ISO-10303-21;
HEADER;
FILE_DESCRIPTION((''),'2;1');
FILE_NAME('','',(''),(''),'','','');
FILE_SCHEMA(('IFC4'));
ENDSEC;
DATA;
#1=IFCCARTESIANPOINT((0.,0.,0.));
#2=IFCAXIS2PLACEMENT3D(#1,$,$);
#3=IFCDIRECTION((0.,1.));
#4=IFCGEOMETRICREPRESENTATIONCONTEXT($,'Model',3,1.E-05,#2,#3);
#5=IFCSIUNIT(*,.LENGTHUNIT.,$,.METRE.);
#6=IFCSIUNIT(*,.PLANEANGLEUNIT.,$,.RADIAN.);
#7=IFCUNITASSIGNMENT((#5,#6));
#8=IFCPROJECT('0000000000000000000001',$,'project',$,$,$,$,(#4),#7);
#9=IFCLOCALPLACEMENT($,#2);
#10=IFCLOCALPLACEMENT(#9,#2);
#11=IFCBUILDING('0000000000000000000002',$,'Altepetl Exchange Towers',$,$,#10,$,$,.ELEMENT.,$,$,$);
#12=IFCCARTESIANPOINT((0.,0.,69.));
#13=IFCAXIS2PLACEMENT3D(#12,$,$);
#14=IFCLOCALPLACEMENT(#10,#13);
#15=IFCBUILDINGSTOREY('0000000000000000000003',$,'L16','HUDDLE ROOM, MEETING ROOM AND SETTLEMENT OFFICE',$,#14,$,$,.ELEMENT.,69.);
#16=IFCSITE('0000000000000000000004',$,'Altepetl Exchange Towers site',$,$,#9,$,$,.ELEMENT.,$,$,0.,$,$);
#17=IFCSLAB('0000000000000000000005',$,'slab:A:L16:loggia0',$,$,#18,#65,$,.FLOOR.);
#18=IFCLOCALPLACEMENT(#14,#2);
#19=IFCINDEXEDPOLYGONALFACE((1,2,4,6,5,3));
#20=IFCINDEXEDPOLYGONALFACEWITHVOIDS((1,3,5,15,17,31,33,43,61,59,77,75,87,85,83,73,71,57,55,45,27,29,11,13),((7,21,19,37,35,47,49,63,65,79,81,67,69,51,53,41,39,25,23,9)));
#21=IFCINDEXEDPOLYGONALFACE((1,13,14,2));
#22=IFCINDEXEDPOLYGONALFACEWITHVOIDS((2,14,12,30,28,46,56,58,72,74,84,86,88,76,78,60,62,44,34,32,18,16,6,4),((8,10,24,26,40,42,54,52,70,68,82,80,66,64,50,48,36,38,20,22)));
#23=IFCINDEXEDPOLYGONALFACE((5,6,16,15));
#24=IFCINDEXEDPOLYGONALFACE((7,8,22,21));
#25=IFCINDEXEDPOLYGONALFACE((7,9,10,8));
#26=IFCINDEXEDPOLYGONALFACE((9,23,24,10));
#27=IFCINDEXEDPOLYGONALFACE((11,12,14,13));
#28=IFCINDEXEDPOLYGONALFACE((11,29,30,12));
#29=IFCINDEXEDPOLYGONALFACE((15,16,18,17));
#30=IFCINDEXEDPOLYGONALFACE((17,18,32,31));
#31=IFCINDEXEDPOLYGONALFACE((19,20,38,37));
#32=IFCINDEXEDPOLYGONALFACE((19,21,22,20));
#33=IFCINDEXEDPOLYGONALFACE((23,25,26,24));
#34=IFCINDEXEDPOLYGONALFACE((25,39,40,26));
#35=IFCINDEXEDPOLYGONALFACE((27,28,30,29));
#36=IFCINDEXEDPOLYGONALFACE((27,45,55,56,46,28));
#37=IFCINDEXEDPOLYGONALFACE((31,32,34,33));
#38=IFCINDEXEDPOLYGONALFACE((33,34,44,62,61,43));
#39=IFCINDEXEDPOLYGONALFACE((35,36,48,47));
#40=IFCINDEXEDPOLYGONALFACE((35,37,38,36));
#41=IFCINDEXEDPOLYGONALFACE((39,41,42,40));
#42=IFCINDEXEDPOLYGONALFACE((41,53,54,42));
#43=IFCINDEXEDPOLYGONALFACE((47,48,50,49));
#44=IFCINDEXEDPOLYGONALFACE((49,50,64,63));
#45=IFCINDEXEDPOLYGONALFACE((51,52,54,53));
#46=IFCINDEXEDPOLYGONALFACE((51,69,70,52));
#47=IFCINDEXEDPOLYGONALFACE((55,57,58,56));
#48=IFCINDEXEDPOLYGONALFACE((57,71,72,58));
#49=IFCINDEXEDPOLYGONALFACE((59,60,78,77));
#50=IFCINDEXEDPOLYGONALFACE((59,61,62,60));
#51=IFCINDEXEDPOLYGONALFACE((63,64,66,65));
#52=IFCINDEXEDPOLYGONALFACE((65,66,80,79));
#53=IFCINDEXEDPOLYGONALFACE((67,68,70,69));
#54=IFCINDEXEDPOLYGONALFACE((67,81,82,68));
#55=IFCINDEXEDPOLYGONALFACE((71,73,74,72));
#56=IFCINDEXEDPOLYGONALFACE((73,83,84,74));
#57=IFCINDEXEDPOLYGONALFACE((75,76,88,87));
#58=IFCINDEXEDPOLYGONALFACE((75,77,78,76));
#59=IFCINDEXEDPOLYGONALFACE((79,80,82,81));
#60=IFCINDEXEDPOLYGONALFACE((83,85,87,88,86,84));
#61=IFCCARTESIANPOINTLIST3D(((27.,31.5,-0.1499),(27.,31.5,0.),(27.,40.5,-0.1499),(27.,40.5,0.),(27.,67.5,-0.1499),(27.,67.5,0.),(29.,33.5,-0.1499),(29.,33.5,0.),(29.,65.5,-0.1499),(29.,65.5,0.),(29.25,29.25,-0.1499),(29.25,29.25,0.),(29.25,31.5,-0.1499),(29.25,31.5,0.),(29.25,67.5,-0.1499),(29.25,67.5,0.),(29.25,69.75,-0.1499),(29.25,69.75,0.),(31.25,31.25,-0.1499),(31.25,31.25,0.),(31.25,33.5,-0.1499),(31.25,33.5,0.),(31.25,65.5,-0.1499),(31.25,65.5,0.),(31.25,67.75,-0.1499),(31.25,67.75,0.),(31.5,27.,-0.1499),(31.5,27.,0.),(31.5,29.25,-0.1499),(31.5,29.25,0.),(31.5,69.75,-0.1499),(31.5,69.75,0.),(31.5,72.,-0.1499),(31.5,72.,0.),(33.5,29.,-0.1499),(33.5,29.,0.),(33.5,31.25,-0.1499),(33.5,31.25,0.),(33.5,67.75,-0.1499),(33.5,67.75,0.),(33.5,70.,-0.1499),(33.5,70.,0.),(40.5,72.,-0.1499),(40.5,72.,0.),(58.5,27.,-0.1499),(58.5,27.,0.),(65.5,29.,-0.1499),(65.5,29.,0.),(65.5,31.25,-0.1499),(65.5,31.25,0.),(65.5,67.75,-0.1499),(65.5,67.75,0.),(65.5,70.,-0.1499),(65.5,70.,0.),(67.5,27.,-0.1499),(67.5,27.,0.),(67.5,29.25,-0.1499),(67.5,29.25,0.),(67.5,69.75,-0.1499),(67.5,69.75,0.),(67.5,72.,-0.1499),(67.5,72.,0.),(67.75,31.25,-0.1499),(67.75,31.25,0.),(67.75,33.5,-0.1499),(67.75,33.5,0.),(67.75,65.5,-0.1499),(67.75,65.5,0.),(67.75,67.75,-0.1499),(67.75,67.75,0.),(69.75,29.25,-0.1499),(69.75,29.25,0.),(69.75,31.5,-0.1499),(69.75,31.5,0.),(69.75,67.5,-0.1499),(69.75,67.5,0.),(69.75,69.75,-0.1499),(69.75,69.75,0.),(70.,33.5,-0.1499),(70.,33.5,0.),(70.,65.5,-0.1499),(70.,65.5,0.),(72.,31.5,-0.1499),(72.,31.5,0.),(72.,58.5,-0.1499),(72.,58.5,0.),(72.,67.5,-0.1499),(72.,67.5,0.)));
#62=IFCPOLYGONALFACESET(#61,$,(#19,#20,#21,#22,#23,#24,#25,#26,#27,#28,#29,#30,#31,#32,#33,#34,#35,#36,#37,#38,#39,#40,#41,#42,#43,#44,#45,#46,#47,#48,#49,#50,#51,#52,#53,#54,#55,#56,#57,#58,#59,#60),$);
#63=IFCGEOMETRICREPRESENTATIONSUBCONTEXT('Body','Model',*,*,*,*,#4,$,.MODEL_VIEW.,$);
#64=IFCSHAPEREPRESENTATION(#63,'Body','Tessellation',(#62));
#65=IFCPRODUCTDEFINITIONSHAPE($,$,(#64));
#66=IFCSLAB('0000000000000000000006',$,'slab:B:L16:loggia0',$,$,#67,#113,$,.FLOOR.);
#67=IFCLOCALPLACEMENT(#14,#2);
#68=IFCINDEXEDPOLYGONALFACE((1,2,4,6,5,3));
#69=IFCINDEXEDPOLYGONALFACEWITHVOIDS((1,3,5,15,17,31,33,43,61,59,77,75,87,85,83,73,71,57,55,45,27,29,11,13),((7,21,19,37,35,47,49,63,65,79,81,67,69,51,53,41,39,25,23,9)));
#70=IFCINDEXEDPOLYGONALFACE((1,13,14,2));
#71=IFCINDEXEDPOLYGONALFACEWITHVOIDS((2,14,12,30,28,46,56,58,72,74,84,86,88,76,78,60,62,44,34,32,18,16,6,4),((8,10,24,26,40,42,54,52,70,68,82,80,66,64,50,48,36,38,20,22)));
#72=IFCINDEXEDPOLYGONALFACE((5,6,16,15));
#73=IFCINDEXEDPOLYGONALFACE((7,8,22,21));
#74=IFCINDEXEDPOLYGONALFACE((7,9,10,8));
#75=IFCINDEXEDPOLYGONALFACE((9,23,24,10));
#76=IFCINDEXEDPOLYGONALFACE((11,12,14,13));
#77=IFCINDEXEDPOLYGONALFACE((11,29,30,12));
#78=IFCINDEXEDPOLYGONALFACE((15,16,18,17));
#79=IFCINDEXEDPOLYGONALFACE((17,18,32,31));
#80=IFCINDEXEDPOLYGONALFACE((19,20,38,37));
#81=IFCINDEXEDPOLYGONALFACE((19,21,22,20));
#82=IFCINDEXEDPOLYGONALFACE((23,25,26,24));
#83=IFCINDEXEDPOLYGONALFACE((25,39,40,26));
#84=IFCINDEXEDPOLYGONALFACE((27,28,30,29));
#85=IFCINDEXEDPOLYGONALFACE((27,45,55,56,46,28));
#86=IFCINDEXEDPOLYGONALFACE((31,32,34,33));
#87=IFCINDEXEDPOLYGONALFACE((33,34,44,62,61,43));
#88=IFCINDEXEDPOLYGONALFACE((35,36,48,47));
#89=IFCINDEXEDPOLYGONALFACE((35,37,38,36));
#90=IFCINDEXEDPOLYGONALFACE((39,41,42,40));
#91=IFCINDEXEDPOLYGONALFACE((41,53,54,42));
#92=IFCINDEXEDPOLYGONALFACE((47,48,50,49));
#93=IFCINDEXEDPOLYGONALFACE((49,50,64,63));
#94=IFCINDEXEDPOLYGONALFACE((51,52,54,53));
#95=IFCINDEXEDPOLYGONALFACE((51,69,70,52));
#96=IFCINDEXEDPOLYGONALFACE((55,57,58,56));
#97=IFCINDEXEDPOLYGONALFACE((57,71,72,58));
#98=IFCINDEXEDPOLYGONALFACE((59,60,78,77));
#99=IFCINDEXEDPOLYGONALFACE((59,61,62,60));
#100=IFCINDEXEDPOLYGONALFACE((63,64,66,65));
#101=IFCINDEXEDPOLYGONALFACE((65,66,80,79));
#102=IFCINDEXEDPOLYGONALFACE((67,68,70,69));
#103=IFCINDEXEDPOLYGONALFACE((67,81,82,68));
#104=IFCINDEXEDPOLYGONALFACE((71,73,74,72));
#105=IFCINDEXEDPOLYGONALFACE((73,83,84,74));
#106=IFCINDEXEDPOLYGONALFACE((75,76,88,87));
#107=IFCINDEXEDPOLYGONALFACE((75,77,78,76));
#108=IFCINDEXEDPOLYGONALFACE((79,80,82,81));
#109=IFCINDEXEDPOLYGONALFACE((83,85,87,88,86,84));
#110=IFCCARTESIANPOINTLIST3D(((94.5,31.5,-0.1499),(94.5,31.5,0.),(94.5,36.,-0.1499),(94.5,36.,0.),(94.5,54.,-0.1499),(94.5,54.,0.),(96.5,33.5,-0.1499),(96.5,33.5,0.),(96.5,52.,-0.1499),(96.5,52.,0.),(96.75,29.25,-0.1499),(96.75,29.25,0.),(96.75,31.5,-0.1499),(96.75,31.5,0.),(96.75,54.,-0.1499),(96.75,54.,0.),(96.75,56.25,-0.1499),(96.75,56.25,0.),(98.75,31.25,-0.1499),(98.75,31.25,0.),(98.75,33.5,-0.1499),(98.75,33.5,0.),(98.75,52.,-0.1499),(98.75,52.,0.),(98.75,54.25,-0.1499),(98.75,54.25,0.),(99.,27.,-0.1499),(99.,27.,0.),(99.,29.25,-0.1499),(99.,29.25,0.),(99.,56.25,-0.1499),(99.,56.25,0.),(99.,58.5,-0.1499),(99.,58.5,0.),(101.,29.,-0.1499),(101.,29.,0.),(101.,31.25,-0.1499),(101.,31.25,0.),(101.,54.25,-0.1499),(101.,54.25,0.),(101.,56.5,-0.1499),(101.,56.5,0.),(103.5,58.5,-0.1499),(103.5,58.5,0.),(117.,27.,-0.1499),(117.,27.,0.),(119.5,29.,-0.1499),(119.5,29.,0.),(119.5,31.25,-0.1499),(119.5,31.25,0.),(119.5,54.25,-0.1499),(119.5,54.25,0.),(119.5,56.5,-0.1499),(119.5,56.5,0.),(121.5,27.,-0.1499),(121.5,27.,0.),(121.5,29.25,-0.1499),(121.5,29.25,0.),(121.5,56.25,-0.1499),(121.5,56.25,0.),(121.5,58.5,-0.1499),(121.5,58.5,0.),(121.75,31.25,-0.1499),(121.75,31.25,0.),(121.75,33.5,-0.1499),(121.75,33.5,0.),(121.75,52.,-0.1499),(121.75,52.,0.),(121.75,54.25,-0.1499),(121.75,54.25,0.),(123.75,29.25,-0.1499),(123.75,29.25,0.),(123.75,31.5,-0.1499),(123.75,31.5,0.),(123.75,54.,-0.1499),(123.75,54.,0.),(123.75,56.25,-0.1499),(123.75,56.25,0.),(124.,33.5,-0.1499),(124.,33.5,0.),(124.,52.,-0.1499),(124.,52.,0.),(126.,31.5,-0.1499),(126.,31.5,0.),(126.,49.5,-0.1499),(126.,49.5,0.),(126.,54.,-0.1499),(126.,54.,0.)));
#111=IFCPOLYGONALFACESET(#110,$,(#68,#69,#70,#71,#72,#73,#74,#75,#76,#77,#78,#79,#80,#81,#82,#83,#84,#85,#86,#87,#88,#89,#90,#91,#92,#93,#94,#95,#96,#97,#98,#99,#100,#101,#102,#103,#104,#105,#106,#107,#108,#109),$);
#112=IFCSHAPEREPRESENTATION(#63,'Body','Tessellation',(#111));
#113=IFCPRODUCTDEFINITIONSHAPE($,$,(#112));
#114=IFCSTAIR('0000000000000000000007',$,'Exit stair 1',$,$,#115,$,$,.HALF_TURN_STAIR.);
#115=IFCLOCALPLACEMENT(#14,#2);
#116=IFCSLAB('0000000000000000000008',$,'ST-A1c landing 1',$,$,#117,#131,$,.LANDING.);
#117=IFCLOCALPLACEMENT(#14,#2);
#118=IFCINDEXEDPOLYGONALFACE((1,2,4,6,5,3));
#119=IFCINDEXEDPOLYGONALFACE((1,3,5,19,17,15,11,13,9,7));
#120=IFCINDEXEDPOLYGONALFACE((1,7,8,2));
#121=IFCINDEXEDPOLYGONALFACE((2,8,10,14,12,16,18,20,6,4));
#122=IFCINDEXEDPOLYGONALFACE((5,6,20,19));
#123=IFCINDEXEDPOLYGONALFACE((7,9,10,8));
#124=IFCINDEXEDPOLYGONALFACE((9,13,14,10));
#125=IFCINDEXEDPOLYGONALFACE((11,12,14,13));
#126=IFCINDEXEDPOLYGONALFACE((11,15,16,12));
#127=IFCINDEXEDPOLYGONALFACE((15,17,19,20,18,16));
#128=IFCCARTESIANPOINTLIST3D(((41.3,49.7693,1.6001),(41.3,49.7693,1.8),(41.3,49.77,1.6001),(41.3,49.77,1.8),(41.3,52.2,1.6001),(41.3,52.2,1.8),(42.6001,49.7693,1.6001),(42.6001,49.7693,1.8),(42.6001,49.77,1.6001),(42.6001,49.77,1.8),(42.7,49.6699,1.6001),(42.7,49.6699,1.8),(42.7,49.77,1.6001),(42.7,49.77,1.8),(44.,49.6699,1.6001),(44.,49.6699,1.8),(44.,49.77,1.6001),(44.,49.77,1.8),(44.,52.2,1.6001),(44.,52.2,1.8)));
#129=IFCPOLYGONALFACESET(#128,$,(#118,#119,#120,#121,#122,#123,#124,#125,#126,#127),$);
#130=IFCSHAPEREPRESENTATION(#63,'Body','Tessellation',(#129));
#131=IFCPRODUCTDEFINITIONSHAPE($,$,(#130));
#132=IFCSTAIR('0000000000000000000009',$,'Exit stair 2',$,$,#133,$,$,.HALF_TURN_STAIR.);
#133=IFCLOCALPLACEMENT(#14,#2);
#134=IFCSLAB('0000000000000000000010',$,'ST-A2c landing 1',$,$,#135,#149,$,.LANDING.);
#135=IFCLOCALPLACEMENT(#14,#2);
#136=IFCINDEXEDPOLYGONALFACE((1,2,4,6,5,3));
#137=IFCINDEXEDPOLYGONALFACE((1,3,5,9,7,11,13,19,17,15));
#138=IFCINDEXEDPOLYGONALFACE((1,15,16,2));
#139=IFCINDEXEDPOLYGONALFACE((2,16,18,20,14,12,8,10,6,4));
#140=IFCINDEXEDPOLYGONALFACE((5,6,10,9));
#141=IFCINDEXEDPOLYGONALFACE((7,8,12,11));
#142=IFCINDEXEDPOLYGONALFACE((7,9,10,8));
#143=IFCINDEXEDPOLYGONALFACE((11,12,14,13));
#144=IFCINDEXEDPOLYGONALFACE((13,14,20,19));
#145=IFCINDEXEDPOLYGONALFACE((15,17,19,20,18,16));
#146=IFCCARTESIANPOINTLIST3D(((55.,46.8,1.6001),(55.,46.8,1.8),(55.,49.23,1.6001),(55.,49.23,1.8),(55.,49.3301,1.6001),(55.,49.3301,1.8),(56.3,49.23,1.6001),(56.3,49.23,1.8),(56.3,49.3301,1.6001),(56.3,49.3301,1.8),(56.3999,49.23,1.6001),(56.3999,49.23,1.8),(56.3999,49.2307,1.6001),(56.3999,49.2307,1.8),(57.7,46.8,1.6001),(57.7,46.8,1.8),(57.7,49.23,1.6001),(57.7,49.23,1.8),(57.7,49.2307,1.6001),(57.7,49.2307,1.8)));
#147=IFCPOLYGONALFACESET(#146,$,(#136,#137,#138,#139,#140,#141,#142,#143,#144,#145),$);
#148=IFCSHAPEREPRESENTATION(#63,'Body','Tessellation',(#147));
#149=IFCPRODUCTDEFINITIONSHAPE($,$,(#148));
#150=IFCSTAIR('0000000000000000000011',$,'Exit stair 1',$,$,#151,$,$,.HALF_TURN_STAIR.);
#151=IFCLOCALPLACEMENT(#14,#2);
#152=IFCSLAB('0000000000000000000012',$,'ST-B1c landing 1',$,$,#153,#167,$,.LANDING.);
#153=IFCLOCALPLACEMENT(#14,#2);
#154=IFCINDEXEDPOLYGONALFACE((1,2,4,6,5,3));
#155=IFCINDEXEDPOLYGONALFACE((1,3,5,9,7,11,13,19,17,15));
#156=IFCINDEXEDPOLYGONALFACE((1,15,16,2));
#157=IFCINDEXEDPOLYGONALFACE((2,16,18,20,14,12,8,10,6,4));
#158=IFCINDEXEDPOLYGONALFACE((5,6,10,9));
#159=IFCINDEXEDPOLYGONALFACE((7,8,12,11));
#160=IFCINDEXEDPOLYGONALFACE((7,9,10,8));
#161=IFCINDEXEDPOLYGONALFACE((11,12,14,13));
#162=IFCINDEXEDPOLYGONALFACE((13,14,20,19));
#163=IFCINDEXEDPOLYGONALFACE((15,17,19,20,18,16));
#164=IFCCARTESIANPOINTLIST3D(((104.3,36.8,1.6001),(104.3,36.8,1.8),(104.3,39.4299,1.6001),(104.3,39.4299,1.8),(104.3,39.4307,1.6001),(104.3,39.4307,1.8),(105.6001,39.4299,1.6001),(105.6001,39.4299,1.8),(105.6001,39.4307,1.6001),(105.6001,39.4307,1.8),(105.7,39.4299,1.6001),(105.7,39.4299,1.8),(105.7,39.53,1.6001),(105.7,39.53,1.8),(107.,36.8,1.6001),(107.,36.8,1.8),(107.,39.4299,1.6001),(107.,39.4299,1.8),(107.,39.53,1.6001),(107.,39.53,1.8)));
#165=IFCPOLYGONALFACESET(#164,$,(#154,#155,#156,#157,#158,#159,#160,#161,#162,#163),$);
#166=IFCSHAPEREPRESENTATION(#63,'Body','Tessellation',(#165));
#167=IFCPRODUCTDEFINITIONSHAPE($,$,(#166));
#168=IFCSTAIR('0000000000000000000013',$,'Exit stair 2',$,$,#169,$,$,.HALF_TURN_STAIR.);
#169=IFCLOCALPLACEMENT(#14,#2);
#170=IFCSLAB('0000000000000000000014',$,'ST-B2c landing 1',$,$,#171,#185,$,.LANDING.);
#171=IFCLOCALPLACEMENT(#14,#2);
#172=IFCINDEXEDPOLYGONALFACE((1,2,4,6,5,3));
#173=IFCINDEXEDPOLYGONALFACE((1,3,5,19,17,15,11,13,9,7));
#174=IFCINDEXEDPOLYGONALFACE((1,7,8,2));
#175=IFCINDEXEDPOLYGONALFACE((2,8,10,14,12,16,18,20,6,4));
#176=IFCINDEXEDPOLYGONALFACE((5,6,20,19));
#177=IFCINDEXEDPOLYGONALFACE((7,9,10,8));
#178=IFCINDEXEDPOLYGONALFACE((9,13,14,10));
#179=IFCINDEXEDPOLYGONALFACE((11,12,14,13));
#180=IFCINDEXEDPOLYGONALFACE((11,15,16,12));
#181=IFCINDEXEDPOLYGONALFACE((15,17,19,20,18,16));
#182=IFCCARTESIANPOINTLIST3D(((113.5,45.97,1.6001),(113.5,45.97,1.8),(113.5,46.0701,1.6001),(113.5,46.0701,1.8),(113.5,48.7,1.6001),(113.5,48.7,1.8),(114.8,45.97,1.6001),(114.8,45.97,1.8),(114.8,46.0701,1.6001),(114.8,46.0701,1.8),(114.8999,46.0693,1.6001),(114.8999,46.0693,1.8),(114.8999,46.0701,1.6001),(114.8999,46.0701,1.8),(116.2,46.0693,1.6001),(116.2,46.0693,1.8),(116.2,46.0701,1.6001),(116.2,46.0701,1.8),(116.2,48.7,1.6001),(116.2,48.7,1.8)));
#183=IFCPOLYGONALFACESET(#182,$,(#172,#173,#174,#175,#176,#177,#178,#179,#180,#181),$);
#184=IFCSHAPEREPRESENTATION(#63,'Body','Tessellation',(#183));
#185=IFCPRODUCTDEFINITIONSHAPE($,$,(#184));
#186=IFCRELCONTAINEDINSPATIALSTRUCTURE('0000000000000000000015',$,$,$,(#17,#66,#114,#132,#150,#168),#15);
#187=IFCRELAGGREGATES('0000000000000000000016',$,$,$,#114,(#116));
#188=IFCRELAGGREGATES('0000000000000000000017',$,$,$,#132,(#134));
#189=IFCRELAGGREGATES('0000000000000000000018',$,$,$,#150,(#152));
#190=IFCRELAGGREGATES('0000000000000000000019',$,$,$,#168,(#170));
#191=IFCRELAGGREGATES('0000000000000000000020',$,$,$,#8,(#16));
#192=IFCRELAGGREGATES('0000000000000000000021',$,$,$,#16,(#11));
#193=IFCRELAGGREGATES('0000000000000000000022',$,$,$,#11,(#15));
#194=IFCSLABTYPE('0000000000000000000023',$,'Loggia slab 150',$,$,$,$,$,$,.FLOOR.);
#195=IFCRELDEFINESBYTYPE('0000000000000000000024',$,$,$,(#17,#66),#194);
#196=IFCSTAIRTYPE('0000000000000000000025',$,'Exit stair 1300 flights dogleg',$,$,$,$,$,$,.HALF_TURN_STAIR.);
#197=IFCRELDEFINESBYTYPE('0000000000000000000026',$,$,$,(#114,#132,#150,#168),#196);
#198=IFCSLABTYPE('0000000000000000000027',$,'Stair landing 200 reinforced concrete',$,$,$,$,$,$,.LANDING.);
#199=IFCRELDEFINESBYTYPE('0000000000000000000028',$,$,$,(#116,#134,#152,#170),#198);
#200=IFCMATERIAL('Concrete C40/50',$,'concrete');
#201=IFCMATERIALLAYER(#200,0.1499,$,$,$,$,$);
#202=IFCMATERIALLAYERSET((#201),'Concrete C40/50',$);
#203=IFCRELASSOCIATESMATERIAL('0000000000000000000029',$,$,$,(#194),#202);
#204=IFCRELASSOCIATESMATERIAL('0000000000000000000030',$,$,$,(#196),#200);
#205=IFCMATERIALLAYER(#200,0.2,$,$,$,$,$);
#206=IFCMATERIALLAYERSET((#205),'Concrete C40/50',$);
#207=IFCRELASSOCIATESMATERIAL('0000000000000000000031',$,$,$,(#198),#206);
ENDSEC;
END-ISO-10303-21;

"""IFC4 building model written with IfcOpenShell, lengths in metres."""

from ifc_helpers import new_model, si_unit, direction, frame, origin, place, context, subcontext, project, spatial, polyline, outline, extrude, material, layer, layer_set, type_object, element, aggregate, save


model = new_model("IFC4")

# Units and contexts
model_context = context("Model", 3, precision=1e-05, world=origin(), true_north=direction((0.0, 1.0)))
body_context = subcontext(model_context, "Body", "Model", "MODEL_VIEW")
ifc_project = project(units=[si_unit("LENGTHUNIT", "METRE"), si_unit("PLANEANGLEUNIT", "RADIAN")], contexts=[model_context])

# Site, building, storey
site_placement = place(None, origin())
site = spatial("IfcSite", under=ifc_project, at=site_placement, Name="Altepetl Exchange Towers site", CompositionType="ELEMENT", RefElevation=0.0)
building_placement = place(site_placement, origin())
building = spatial("IfcBuilding", under=site, at=building_placement, Name="Altepetl Exchange Towers", CompositionType="ELEMENT")
storey_placement = place(building_placement, frame((0.0, 0.0, 69.0)))
storey = spatial("IfcBuildingStorey", under=building, at=storey_placement, Name="L16", Description="HUDDLE ROOM, MEETING ROOM AND SETTLEMENT OFFICE", CompositionType="ELEMENT", Elevation=69.0)

# Slabs
ifc_material_1 = material(Name="Concrete C40/50", Category="concrete")
ifc_layer_1 = layer(ifc_material_1, 0.1499)
ifc_layer_set_1 = layer_set([ifc_layer_1], Name="Concrete C40/50")
slab_type_1 = type_object("IfcSlabType", Name="Loggia slab 150", PredefinedType="FLOOR", material=ifc_layer_set_1)
slab_1_placement = place(storey_placement, frame((0.0, 0.0, -0.1499)))
element("IfcSlab", 1, at=slab_1_placement, inside=storey, type_object=slab_type_1, Name="slab:A:L16:loggia0", PredefinedType="FLOOR", context=body_context, shape_type="SweptSolid", body=[
    extrude(outline(polyline([(29.25, 67.5), (27.0, 67.5), (27.0, 40.5), (27.0, 31.5), (29.25, 31.5), (29.25, 29.25), (31.5, 29.25), (31.5, 27.0), (58.5, 27.0), (67.5, 27.0), (67.5, 29.25), (69.75, 29.25), (69.75, 31.5), (72.0, 31.5), (72.0, 58.5), (72.0, 67.5), (69.75, 67.5), (69.75, 69.75), (67.5, 69.75), (67.5, 72.0), (40.5, 72.0), (31.5, 72.0), (31.5, 69.75), (29.25, 69.75), (29.25, 67.5)]), holes=[polyline([(29.0, 65.5), (31.25, 65.5), (31.25, 67.75), (33.5, 67.75), (33.5, 70.0), (65.5, 70.0), (65.5, 67.75), (67.75, 67.75), (67.75, 65.5), (70.0, 65.5), (70.0, 33.5), (67.75, 33.5), (67.75, 31.25), (65.5, 31.25), (65.5, 29.0), (33.5, 29.0), (33.5, 31.25), (31.25, 31.25), (31.25, 33.5), (29.0, 33.5), (29.0, 65.5)])]), origin(), (0.0, 0.0, 1.0), 0.1499),
])
slab_2_placement = place(storey_placement, frame((0.0, 0.0, -0.1499)))
element("IfcSlab", 2, at=slab_2_placement, inside=storey, type_object=slab_type_1, Name="slab:B:L16:loggia0", PredefinedType="FLOOR", context=body_context, shape_type="SweptSolid", body=[
    extrude(outline(polyline([(96.75, 54.0), (94.5, 54.0), (94.5, 36.0), (94.5, 31.5), (96.75, 31.5), (96.75, 29.25), (99.0, 29.25), (99.0, 27.0), (117.0, 27.0), (121.5, 27.0), (121.5, 29.25), (123.75, 29.25), (123.75, 31.5), (126.0, 31.5), (126.0, 49.5), (126.0, 54.0), (123.75, 54.0), (123.75, 56.25), (121.5, 56.25), (121.5, 58.5), (103.5, 58.5), (99.0, 58.5), (99.0, 56.25), (96.75, 56.25), (96.75, 54.0)]), holes=[polyline([(96.5, 52.0), (98.75, 52.0), (98.75, 54.25), (101.0, 54.25), (101.0, 56.5), (119.5, 56.5), (119.5, 54.25), (121.75, 54.25), (121.75, 52.0), (124.0, 52.0), (124.0, 33.5), (121.75, 33.5), (121.75, 31.25), (119.5, 31.25), (119.5, 29.0), (101.0, 29.0), (101.0, 31.25), (98.75, 31.25), (98.75, 33.5), (96.5, 33.5), (96.5, 52.0)])]), origin(), (0.0, 0.0, 1.0), 0.1499),
])

# Stairs, slabs
stair_type = type_object("IfcStairType", Name="Exit stair 1300 flights dogleg", PredefinedType="HALF_TURN_STAIR", material=ifc_material_1)
stair_1_placement = place(storey_placement, origin())
stair_1 = element("IfcStair", 3, at=stair_1_placement, inside=storey, type_object=stair_type, Name="Exit stair 1", PredefinedType="HALF_TURN_STAIR")
ifc_layer_2 = layer(ifc_material_1, 0.2)
ifc_layer_set_2 = layer_set([ifc_layer_2], Name="Concrete C40/50")
slab_type_2 = type_object("IfcSlabType", Name="Stair landing 200 reinforced concrete", PredefinedType="LANDING", material=ifc_layer_set_2)
slab_3_placement = place(storey_placement, frame((0.0, 0.0, 1.6001)))
slab_3 = element("IfcSlab", 4, at=slab_3_placement, type_object=slab_type_2, Name="ST-A1c landing 1", PredefinedType="LANDING", context=body_context, shape_type="SweptSolid", body=[
    extrude(outline(polyline([(44.0, 49.6699), (42.7, 49.6699), (42.7, 49.77), (42.6001, 49.77), (42.6001, 49.7693), (41.3, 49.7693), (41.3, 49.77), (41.3, 52.2), (44.0, 52.2), (44.0, 49.77), (44.0, 49.6699)])), origin(), (0.0, 0.0, 1.0), 0.2),
])
aggregate(stair_1, [slab_3])
stair_2_placement = place(storey_placement, origin())
stair_2 = element("IfcStair", 5, at=stair_2_placement, inside=storey, type_object=stair_type, Name="Exit stair 2", PredefinedType="HALF_TURN_STAIR")
slab_4_placement = place(storey_placement, frame((0.0, 0.0, 1.6001)))
slab_4 = element("IfcSlab", 6, at=slab_4_placement, type_object=slab_type_2, Name="ST-A2c landing 1", PredefinedType="LANDING", context=body_context, shape_type="SweptSolid", body=[
    extrude(outline(polyline([(57.7, 46.8), (55.0, 46.8), (55.0, 49.23), (55.0, 49.3301), (56.3, 49.3301), (56.3, 49.23), (56.3999, 49.23), (56.3999, 49.2307), (57.7, 49.2307), (57.7, 49.23), (57.7, 46.8)])), origin(), (0.0, 0.0, 1.0), 0.2),
])
aggregate(stair_2, [slab_4])
stair_3_placement = place(storey_placement, origin())
stair_3 = element("IfcStair", 7, at=stair_3_placement, inside=storey, type_object=stair_type, Name="Exit stair 1", PredefinedType="HALF_TURN_STAIR")
slab_5_placement = place(storey_placement, frame((0.0, 0.0, 1.6001)))
slab_5 = element("IfcSlab", 8, at=slab_5_placement, type_object=slab_type_2, Name="ST-B1c landing 1", PredefinedType="LANDING", context=body_context, shape_type="SweptSolid", body=[
    extrude(outline(polyline([(107.0, 36.8), (104.3, 36.8), (104.3, 39.4299), (104.3, 39.4307), (105.6001, 39.4307), (105.6001, 39.4299), (105.7, 39.4299), (105.7, 39.53), (107.0, 39.53), (107.0, 39.4299), (107.0, 36.8)])), origin(), (0.0, 0.0, 1.0), 0.2),
])
aggregate(stair_3, [slab_5])
stair_4_placement = place(storey_placement, origin())
stair_4 = element("IfcStair", 9, at=stair_4_placement, inside=storey, type_object=stair_type, Name="Exit stair 2", PredefinedType="HALF_TURN_STAIR")
slab_6_placement = place(storey_placement, frame((0.0, 0.0, 1.6001)))
slab_6 = element("IfcSlab", 10, at=slab_6_placement, type_object=slab_type_2, Name="ST-B2c landing 1", PredefinedType="LANDING", context=body_context, shape_type="SweptSolid", body=[
    extrude(outline(polyline([(114.8, 45.97), (113.5, 45.97), (113.5, 46.0701), (113.5, 48.7), (116.2, 48.7), (116.2, 46.0701), (116.2, 46.0693), (114.8999, 46.0693), (114.8999, 46.0701), (114.8, 46.0701), (114.8, 45.97)])), origin(), (0.0, 0.0, 1.0), 0.2),
])
aggregate(stair_4, [slab_6])

save(model, "model.ifc")
